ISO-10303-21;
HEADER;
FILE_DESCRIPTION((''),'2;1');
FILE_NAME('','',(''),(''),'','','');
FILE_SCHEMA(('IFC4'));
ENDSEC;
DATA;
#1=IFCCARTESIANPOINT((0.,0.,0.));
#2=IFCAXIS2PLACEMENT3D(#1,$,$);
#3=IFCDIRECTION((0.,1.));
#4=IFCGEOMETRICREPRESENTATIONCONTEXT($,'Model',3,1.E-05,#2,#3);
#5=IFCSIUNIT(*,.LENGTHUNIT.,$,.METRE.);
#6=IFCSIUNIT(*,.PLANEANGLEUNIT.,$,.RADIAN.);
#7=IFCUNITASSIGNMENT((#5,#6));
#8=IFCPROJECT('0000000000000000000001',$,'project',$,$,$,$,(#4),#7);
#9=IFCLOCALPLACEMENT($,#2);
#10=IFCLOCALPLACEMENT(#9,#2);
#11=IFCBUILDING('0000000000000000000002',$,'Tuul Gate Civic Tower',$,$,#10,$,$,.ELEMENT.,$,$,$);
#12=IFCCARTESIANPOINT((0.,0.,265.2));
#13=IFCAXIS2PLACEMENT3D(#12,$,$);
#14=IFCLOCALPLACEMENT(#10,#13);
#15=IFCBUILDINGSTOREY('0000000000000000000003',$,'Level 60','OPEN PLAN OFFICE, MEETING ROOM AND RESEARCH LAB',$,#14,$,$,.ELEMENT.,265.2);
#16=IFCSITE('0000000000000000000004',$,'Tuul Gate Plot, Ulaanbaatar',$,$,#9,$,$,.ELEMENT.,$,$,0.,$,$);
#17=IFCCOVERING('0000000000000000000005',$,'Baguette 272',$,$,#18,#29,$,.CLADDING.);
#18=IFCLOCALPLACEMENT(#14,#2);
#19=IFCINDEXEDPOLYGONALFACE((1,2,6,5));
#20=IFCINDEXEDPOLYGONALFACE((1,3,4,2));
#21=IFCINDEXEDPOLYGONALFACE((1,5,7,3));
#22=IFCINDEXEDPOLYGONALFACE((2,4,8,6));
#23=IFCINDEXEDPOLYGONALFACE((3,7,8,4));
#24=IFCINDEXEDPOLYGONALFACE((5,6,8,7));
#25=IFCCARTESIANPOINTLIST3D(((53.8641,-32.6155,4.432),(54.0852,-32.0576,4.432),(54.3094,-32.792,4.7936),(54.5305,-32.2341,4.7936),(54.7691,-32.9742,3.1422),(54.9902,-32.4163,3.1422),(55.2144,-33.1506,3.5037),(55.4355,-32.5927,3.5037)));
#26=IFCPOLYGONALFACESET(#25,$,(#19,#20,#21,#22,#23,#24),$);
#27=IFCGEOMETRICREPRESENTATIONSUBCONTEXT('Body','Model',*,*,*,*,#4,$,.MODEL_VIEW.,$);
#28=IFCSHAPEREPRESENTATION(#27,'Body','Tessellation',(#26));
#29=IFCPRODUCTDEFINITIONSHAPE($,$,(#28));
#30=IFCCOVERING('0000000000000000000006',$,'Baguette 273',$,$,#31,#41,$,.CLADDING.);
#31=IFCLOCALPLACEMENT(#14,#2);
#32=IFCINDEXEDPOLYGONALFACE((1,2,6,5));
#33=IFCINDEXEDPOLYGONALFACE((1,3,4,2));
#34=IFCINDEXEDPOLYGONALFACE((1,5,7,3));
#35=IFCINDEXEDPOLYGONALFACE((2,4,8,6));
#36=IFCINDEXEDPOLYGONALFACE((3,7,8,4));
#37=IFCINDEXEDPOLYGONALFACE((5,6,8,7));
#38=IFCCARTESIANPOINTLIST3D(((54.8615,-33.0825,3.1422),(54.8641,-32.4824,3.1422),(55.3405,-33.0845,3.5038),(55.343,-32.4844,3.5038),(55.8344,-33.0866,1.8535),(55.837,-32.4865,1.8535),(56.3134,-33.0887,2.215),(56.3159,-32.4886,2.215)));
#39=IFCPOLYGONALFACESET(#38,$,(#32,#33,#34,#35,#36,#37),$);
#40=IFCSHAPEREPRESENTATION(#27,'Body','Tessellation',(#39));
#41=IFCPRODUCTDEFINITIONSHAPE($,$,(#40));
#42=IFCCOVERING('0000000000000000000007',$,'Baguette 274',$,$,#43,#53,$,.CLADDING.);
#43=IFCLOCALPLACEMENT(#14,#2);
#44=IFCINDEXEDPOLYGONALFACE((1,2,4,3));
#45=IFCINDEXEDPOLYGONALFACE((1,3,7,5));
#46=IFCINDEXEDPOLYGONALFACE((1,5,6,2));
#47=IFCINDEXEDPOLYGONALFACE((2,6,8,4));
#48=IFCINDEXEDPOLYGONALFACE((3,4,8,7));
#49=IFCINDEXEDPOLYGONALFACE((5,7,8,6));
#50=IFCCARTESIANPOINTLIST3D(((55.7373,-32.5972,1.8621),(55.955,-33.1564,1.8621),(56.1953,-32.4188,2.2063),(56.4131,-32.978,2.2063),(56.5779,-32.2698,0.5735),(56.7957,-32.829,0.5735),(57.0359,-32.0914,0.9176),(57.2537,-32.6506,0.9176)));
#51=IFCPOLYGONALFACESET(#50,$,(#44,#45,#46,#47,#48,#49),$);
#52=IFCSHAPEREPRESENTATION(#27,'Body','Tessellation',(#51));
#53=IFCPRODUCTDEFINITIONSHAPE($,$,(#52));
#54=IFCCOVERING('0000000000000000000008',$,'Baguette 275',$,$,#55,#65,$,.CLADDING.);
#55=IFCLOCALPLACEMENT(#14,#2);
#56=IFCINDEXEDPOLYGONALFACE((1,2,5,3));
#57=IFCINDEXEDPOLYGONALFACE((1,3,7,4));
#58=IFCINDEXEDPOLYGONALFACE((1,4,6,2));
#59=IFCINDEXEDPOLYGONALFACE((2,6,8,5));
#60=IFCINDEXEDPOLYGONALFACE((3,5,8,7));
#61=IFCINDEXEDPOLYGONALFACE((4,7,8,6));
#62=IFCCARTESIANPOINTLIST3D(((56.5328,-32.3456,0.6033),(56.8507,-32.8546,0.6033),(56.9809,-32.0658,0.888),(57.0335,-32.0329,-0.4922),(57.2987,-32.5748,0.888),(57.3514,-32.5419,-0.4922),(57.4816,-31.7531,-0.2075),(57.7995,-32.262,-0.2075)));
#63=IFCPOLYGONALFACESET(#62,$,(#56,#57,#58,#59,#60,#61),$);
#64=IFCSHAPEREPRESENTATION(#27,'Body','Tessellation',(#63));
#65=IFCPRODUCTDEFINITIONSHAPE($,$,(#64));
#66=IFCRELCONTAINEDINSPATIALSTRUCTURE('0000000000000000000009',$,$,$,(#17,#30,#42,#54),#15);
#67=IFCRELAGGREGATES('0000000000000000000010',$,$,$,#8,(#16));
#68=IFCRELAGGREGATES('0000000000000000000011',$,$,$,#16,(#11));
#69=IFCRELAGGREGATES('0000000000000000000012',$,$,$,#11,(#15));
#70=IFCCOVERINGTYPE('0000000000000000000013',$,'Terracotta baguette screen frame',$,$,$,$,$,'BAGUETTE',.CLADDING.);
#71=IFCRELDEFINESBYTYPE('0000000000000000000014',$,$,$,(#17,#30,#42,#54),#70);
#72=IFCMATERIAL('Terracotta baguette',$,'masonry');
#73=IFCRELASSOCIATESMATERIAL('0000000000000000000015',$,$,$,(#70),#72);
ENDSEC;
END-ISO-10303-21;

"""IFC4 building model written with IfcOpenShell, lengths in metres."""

from ifc_helpers import new_model, si_unit, direction, frame, origin, origin_2d, place, context, subcontext, project, spatial, rectangle, extrude, material, material_profile, profile_set, type_object, element, save


model = new_model("IFC4")

# Units and contexts
model_context = context("Model", 3, precision=1e-05, world=origin(), true_north=direction((0.0, 1.0)))
body_context = subcontext(model_context, "Body", "Model", "MODEL_VIEW")
ifc_project = project(units=[si_unit("LENGTHUNIT", "METRE"), si_unit("PLANEANGLEUNIT", "RADIAN")], contexts=[model_context])

# Site, building, storey
site_placement = place(None, origin())
site = spatial("IfcSite", under=ifc_project, at=site_placement, Name="Tuul Gate Plot, Ulaanbaatar", CompositionType="ELEMENT", RefElevation=0.0)
building_placement = place(site_placement, origin())
building = spatial("IfcBuilding", under=site, at=building_placement, Name="Tuul Gate Civic Tower", CompositionType="ELEMENT")
storey_placement = place(building_placement, frame((0.0, 0.0, 265.2)))
storey = spatial("IfcBuildingStorey", under=building, at=storey_placement, Name="Level 60", Description="OPEN PLAN OFFICE, MEETING ROOM AND RESEARCH LAB", CompositionType="ELEMENT", Elevation=265.2)

# Coverings
ifc_material_1 = material(Name="Terracotta baguette", Category="masonry")
ifc_material_profile_1 = material_profile(ifc_material_1, rectangle(XDim=0.6001, YDim=0.6001, at=origin_2d()), Name="Terracotta baguette screen frame")
ifc_profile_set_1 = profile_set([ifc_material_profile_1], Name="Terracotta baguette")
covering_type = type_object("IfcCoveringType", Name="Terracotta baguette screen frame", ElementType="BAGUETTE", PredefinedType="CLADDING", material=ifc_profile_set_1)
covering_1_placement = place(storey_placement, frame((54.1973, -32.4248, 4.6128), z_axis=(0.560062, -0.22194, -0.798168), x_axis=(0.368405, 0.929665, 0.0)))
element("IfcCovering", 1, at=covering_1_placement, inside=storey, type_object=covering_type, Name="Baguette 272", PredefinedType="CLADDING", context=body_context, shape_type="SweptSolid", body=[
    extrude(rectangle(XDim=0.6001, YDim=0.6001, at=origin_2d()), origin(), (0.0, 0.0, 1.0), 1.616),
])
covering_2_placement = place(storey_placement, frame((55.1023, -32.7834, 3.323), z_axis=(0.602487, -0.00257, -0.798125), x_axis=(0.004266, 0.999991, 0.0)))
element("IfcCovering", 2, at=covering_2_placement, inside=storey, type_object=covering_type, Name="Baguette 273", PredefinedType="CLADDING", context=body_context, shape_type="SweptSolid", body=[
    extrude(rectangle(XDim=0.6001, YDim=0.6001, at=origin_2d()), origin(), (0.0, 0.0, 1.0), 1.6147),
])
covering_3_placement = place(storey_placement, frame((56.0752, -32.7876, 2.0342), z_axis=(0.534394, 0.208139, -0.819208), x_axis=(-0.362929, 0.931817, 0.0)))
element("IfcCovering", 3, at=covering_3_placement, inside=storey, type_object=covering_type, Name="Baguette 274", PredefinedType="CLADDING", context=body_context, shape_type="SweptSolid", body=[
    extrude(rectangle(XDim=0.6001, YDim=0.6001, at=origin_2d()), origin(), (0.0, 0.0, 1.0), 1.573),
])
covering_4_placement = place(storey_placement, frame((56.9158, -32.4602, 0.7456), z_axis=(0.402383, 0.251318, -0.880299), x_axis=(-0.529739, 0.848161, 0.0)))
element("IfcCovering", 4, at=covering_4_placement, inside=storey, type_object=covering_type, Name="Baguette 275", PredefinedType="CLADDING", context=body_context, shape_type="SweptSolid", body=[
    extrude(rectangle(XDim=0.6001, YDim=0.6001, at=origin_2d()), origin(), (0.0, 0.0, 1.0), 1.2444),
])

save(model, "model.ifc")
